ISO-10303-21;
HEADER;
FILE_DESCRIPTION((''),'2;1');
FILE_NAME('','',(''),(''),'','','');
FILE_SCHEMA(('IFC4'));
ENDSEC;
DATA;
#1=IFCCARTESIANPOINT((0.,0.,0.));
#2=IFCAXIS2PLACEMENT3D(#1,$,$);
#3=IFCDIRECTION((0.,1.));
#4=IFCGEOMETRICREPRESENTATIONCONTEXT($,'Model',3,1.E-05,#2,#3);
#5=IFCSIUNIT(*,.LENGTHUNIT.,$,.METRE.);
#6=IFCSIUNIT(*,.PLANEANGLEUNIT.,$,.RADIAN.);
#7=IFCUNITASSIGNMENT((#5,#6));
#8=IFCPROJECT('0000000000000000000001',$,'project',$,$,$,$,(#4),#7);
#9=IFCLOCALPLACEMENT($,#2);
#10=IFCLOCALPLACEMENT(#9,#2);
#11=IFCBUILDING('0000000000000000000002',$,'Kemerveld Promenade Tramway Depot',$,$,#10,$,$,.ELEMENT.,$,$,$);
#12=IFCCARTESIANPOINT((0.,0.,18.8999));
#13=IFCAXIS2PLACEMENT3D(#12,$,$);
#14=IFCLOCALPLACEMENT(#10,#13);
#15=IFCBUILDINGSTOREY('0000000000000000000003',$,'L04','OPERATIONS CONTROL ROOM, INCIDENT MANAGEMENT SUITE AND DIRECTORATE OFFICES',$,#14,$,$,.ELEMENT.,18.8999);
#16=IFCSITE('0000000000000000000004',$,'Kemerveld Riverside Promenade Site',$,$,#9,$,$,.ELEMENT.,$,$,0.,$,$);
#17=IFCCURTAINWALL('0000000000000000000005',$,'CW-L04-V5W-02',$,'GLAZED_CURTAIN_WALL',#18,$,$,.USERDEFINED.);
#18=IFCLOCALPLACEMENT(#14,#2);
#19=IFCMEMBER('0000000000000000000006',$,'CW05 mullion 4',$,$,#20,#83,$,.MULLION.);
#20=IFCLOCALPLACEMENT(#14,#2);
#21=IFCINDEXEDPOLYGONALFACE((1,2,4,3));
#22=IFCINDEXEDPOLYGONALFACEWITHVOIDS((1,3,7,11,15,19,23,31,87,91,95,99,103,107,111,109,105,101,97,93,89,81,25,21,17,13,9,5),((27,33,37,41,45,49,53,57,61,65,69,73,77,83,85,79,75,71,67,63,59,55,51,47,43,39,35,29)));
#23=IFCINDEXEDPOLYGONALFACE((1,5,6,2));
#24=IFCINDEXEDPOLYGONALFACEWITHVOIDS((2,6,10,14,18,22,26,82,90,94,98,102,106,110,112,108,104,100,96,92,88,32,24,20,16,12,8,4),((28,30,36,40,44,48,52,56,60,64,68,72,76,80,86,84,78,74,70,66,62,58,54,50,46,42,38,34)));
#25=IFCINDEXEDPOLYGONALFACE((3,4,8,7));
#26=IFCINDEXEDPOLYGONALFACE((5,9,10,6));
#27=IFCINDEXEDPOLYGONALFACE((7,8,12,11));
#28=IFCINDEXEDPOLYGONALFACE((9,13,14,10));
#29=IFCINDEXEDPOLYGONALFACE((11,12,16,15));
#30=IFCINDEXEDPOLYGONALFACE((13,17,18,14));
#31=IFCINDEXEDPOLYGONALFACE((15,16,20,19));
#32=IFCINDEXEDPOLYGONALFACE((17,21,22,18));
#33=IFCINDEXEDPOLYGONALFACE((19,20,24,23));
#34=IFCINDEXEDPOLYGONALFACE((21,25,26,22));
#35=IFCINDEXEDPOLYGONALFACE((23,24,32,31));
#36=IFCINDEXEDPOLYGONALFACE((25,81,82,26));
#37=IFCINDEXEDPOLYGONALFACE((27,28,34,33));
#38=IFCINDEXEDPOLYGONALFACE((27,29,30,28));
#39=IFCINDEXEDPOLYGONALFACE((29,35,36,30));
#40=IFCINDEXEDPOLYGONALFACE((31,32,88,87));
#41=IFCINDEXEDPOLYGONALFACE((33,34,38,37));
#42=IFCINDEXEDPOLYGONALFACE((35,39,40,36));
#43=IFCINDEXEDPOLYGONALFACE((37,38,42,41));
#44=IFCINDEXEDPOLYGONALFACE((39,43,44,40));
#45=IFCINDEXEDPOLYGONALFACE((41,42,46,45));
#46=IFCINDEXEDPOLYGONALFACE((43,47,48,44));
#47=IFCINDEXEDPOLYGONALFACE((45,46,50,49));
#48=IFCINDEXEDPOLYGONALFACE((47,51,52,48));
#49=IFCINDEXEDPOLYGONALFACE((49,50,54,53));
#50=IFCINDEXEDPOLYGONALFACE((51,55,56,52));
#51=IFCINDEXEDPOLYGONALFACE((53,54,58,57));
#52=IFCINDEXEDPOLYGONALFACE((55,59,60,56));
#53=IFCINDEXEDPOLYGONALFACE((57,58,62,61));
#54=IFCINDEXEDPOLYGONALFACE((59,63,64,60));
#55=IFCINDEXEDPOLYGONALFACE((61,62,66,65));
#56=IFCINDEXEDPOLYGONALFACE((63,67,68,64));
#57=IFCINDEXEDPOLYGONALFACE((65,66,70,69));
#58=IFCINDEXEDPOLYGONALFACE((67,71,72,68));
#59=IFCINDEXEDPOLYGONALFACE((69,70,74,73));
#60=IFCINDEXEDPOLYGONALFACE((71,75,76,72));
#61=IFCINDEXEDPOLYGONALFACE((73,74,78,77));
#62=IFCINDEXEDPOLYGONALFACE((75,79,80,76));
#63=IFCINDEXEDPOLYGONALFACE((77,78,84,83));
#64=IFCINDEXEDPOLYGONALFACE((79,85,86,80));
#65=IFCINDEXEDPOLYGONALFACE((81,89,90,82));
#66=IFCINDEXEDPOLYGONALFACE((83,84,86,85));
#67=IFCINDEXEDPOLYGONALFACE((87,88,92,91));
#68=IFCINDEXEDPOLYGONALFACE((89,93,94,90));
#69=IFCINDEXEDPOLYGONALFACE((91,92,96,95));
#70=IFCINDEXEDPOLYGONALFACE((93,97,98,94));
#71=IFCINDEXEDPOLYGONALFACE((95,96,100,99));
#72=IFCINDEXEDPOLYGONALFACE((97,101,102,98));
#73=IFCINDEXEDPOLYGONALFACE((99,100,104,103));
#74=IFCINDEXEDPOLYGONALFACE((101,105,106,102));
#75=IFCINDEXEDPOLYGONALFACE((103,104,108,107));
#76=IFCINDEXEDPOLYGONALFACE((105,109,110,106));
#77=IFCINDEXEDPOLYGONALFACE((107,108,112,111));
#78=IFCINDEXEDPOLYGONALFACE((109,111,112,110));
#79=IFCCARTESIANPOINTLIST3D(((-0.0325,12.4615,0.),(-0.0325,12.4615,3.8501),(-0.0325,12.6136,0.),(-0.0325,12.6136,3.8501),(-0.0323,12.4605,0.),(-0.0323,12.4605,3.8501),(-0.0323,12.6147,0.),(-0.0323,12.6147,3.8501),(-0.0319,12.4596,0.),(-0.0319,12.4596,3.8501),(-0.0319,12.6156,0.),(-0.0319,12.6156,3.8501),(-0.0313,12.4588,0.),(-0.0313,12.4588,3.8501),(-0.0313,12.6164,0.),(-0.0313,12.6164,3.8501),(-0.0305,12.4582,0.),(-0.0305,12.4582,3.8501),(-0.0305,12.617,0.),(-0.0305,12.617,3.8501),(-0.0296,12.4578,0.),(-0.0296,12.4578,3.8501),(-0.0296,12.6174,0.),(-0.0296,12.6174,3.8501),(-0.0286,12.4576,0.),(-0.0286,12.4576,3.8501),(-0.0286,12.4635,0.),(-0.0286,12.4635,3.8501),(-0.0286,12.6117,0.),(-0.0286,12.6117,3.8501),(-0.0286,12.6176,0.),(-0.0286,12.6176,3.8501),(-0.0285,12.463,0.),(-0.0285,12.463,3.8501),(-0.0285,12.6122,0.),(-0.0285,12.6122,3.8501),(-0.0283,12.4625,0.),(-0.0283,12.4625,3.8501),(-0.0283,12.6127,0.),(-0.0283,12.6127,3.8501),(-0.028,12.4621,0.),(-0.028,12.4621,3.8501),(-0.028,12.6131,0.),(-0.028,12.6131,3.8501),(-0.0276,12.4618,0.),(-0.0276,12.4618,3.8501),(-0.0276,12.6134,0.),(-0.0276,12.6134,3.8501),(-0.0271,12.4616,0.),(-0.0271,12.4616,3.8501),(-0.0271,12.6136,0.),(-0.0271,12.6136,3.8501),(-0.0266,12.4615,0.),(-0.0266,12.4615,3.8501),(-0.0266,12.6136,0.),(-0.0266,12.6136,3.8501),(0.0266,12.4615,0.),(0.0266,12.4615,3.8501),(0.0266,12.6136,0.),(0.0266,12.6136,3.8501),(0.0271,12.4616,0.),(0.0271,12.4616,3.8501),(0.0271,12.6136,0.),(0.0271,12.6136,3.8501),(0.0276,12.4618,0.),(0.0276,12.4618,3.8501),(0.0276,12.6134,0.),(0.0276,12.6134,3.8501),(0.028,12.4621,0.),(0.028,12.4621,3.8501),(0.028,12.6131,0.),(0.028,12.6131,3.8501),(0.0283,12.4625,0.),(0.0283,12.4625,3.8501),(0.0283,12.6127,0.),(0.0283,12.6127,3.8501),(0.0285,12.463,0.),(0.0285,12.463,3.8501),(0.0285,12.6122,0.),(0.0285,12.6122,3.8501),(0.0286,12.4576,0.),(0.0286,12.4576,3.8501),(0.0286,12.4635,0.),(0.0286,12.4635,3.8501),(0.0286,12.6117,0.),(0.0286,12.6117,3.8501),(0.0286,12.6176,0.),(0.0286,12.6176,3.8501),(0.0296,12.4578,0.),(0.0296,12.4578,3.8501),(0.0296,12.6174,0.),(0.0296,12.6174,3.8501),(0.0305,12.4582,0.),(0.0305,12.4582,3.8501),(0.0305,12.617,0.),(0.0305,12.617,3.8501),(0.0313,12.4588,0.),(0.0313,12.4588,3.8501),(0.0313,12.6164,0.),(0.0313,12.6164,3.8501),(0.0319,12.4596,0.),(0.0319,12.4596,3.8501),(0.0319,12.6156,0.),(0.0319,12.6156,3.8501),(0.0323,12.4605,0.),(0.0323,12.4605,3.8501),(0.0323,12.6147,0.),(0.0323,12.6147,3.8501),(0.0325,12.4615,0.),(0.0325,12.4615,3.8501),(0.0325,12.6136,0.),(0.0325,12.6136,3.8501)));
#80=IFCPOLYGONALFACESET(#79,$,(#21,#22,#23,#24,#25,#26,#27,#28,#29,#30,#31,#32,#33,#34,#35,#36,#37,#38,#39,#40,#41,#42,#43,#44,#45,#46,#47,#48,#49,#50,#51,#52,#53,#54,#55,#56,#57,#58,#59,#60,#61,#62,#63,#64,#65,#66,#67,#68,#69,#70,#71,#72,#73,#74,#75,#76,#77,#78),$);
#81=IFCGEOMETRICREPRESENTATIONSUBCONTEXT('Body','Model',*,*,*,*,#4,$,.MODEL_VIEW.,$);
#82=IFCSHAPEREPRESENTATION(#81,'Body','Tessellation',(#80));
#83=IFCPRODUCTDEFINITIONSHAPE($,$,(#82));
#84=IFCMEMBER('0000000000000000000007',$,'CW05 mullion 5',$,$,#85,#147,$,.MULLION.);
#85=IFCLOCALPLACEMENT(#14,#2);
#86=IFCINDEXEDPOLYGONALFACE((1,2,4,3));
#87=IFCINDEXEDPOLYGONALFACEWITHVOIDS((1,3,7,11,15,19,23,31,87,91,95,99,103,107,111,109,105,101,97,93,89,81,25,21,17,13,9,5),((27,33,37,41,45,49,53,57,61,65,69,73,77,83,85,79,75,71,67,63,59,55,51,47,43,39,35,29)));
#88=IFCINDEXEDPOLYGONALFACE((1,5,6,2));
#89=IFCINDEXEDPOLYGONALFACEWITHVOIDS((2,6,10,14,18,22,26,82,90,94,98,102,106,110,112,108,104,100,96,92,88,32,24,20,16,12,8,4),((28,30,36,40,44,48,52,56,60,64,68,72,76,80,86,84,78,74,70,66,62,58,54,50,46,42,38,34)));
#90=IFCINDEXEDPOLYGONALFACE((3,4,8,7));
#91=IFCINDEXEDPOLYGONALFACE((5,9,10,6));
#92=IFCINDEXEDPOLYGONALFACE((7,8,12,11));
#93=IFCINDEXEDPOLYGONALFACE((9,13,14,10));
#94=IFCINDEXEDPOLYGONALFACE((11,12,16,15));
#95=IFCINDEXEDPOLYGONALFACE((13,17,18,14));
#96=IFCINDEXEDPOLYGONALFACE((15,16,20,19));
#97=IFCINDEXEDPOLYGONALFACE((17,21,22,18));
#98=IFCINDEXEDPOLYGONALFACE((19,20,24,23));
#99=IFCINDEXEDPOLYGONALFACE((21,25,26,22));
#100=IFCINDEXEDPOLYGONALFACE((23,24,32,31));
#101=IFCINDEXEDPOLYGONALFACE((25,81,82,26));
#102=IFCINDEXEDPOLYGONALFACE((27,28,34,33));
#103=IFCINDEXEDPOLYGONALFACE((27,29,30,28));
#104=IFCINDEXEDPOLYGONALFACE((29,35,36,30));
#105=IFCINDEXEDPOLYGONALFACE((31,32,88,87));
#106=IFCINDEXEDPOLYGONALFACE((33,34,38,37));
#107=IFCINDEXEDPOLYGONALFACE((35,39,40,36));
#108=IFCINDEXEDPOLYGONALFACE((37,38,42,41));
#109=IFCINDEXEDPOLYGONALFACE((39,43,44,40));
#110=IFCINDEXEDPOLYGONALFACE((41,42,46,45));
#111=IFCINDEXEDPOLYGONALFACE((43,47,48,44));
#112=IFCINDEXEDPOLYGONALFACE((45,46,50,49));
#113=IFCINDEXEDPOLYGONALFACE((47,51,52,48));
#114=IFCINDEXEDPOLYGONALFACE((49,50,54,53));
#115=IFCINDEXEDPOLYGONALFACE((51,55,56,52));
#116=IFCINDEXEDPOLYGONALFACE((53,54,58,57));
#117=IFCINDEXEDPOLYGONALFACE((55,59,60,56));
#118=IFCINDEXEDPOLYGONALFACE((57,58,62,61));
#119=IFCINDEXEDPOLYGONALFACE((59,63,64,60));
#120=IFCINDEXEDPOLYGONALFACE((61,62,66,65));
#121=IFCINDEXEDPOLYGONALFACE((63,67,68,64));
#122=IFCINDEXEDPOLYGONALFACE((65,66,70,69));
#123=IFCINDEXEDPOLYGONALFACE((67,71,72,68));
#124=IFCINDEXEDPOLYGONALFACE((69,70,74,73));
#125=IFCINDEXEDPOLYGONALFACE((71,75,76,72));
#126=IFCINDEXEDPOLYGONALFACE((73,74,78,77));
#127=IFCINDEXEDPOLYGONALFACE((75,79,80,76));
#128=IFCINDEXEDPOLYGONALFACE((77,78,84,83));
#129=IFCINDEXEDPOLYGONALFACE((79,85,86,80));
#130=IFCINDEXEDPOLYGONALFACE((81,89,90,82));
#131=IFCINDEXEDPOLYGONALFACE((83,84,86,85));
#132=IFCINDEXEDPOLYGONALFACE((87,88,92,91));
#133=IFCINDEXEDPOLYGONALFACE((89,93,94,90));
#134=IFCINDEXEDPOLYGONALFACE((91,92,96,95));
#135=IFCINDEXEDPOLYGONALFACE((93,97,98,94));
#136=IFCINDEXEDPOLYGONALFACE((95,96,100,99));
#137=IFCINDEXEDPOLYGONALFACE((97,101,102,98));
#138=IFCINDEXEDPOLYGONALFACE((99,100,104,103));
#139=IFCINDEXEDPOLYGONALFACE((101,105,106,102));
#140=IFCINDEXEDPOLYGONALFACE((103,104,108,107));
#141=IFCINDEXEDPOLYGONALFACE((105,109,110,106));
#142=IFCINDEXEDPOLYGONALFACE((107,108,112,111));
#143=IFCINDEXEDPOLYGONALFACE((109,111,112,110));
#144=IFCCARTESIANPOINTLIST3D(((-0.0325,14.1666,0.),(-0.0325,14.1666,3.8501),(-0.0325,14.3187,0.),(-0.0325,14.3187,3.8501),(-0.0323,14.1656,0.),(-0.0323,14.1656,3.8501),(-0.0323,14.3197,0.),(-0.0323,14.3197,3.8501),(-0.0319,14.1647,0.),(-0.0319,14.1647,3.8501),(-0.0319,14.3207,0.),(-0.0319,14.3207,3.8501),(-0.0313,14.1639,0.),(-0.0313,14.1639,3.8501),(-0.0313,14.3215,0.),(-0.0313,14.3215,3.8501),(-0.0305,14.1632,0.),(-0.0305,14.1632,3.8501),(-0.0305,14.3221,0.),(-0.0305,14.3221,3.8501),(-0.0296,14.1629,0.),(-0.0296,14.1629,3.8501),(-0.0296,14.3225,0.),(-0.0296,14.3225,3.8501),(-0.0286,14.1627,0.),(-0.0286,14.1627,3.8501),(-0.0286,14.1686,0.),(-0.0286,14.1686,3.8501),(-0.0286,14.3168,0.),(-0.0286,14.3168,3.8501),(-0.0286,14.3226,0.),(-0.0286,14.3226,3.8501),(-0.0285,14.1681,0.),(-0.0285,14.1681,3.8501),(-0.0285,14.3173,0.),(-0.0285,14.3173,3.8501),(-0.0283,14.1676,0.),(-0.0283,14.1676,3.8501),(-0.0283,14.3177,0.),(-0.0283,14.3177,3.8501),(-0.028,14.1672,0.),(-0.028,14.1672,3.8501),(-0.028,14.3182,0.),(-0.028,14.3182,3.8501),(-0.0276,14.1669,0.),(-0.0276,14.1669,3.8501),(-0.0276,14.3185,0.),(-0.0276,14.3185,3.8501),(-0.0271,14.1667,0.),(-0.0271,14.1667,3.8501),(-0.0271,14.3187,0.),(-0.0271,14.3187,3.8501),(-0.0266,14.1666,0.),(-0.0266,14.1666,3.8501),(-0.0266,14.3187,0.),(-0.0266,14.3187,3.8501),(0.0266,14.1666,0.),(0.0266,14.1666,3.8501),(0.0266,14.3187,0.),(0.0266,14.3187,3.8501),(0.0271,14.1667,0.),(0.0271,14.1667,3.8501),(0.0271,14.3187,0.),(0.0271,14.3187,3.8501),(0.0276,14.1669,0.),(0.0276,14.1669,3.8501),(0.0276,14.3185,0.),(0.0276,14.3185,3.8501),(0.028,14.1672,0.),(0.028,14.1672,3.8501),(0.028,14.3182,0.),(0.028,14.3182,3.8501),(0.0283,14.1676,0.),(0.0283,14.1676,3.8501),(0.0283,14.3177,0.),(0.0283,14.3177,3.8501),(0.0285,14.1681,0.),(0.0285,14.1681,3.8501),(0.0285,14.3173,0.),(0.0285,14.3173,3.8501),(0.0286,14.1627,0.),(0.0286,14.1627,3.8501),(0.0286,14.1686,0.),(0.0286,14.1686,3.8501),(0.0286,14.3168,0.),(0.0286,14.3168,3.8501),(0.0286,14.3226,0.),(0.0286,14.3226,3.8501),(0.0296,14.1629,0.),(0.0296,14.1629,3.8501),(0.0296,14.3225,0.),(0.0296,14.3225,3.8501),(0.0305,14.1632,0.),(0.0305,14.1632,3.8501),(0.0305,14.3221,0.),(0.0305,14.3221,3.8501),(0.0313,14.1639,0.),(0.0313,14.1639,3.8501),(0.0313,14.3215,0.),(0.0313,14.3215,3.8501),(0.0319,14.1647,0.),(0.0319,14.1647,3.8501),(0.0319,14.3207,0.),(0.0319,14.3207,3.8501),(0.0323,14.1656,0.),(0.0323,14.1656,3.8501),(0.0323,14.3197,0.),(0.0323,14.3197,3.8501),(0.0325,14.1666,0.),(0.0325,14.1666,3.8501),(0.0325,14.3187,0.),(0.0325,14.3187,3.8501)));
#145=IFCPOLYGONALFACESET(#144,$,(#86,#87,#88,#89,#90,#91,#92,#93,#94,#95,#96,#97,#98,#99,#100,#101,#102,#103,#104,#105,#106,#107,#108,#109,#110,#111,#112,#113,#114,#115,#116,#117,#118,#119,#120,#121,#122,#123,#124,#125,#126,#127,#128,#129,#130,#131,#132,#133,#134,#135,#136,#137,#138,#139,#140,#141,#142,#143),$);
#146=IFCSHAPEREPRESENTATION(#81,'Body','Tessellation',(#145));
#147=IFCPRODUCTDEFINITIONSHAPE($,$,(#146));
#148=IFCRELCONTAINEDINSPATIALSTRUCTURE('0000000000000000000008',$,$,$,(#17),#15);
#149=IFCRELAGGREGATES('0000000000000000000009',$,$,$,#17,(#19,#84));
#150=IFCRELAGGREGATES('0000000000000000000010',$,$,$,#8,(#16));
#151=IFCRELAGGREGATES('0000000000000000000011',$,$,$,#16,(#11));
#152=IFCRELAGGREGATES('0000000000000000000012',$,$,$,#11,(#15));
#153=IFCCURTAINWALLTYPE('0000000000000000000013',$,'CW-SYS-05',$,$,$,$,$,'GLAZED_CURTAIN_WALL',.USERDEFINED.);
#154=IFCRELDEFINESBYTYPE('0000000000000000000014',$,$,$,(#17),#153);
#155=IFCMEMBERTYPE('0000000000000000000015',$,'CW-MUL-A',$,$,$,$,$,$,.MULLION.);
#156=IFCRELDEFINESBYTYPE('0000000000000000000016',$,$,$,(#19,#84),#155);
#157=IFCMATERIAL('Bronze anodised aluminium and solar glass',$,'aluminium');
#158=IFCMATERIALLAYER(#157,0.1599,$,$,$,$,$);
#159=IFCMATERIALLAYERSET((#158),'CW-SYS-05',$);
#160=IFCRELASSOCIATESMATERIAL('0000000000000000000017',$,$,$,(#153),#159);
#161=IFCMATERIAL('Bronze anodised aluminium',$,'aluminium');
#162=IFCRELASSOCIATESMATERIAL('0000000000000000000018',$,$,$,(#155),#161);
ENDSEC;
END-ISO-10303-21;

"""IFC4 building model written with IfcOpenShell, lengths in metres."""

from ifc_helpers import new_model, si_unit, direction, frame, origin, origin_2d, place, context, subcontext, project, spatial, hollow_rectangle, extrude, material, layer, layer_set, material_profile, profile_set, type_object, element, aggregate, save


model = new_model("IFC4")

# Units and contexts
model_context = context("Model", 3, precision=1e-05, world=origin(), true_north=direction((0.0, 1.0)))
body_context = subcontext(model_context, "Body", "Model", "MODEL_VIEW")
ifc_project = project(units=[si_unit("LENGTHUNIT", "METRE"), si_unit("PLANEANGLEUNIT", "RADIAN")], contexts=[model_context])

# Site, building, storey
site_placement = place(None, origin())
site = spatial("IfcSite", under=ifc_project, at=site_placement, Name="Kemerveld Riverside Promenade Site", CompositionType="ELEMENT", RefElevation=0.0)
building_placement = place(site_placement, origin())
building = spatial("IfcBuilding", under=site, at=building_placement, Name="Kemerveld Promenade Tramway Depot", CompositionType="ELEMENT")
storey_placement = place(building_placement, frame((0.0, 0.0, 18.8999)))
storey = spatial("IfcBuildingStorey", under=building, at=storey_placement, Name="L04", Description="OPERATIONS CONTROL ROOM, INCIDENT MANAGEMENT SUITE AND DIRECTORATE OFFICES", CompositionType="ELEMENT", Elevation=18.8999)

# Curtain wall, members
ifc_material_1 = material(Name="Bronze anodised aluminium and solar glass", Category="aluminium")
ifc_layer_1 = layer(ifc_material_1, 0.1599)
ifc_layer_set_1 = layer_set([ifc_layer_1], Name="CW-SYS-05")
curtain_wall_type = type_object("IfcCurtainWallType", Name="CW-SYS-05", ElementType="GLAZED_CURTAIN_WALL", PredefinedType="USERDEFINED", material=ifc_layer_set_1)
curtain_wall_placement = place(storey_placement, origin())
curtain_wall = element("IfcCurtainWall", 1, at=curtain_wall_placement, inside=storey, type_object=curtain_wall_type, Name="CW-L04-V5W-02", ObjectType="GLAZED_CURTAIN_WALL", PredefinedType="USERDEFINED")
ifc_material_2 = material(Name="Bronze anodised aluminium", Category="aluminium")
ifc_material_profile_1 = material_profile(ifc_material_2, hollow_rectangle(XDim=0.0649, YDim=0.1599, WallThickness=0.0039, InnerFilletRadius=0.002, OuterFilletRadius=0.0039, at=origin_2d()), Name="CW-MUL-160x65")
ifc_profile_set_1 = profile_set([ifc_material_profile_1], Name="Bronze anodised aluminium")
member_type_1 = type_object("IfcMemberType", Name="CW-MUL-A", PredefinedType="MULLION", material=ifc_profile_set_1)
member_1_placement = place(storey_placement, frame((0.0, 12.5376, 0.0), z_axis=(0.0, 0.0, 1.0), x_axis=(-1.0, 0.0, 0.0)))
member_1 = element("IfcMember", 2, at=member_1_placement, type_object=member_type_1, Name="CW05 mullion 4", PredefinedType="MULLION", context=body_context, shape_type="SweptSolid", body=[
    extrude(hollow_rectangle(XDim=0.0649, YDim=0.1599, WallThickness=0.0039, InnerFilletRadius=0.002, OuterFilletRadius=0.0039, at=origin_2d()), origin(), (0.0, 0.0, 1.0), 3.8501),
])
member_2_placement = place(storey_placement, frame((0.0, 14.2427, 0.0), z_axis=(0.0, 0.0, 1.0), x_axis=(-1.0, 0.0, 0.0)))
member_2 = element("IfcMember", 3, at=member_2_placement, type_object=member_type_1, Name="CW05 mullion 5", PredefinedType="MULLION", context=body_context, shape_type="SweptSolid", body=[
    extrude(hollow_rectangle(XDim=0.0649, YDim=0.1599, WallThickness=0.0039, InnerFilletRadius=0.002, OuterFilletRadius=0.0039, at=origin_2d()), origin(), (0.0, 0.0, 1.0), 3.8501),
])
aggregate(curtain_wall, [member_1, member_2])

save(model, "model.ifc")
